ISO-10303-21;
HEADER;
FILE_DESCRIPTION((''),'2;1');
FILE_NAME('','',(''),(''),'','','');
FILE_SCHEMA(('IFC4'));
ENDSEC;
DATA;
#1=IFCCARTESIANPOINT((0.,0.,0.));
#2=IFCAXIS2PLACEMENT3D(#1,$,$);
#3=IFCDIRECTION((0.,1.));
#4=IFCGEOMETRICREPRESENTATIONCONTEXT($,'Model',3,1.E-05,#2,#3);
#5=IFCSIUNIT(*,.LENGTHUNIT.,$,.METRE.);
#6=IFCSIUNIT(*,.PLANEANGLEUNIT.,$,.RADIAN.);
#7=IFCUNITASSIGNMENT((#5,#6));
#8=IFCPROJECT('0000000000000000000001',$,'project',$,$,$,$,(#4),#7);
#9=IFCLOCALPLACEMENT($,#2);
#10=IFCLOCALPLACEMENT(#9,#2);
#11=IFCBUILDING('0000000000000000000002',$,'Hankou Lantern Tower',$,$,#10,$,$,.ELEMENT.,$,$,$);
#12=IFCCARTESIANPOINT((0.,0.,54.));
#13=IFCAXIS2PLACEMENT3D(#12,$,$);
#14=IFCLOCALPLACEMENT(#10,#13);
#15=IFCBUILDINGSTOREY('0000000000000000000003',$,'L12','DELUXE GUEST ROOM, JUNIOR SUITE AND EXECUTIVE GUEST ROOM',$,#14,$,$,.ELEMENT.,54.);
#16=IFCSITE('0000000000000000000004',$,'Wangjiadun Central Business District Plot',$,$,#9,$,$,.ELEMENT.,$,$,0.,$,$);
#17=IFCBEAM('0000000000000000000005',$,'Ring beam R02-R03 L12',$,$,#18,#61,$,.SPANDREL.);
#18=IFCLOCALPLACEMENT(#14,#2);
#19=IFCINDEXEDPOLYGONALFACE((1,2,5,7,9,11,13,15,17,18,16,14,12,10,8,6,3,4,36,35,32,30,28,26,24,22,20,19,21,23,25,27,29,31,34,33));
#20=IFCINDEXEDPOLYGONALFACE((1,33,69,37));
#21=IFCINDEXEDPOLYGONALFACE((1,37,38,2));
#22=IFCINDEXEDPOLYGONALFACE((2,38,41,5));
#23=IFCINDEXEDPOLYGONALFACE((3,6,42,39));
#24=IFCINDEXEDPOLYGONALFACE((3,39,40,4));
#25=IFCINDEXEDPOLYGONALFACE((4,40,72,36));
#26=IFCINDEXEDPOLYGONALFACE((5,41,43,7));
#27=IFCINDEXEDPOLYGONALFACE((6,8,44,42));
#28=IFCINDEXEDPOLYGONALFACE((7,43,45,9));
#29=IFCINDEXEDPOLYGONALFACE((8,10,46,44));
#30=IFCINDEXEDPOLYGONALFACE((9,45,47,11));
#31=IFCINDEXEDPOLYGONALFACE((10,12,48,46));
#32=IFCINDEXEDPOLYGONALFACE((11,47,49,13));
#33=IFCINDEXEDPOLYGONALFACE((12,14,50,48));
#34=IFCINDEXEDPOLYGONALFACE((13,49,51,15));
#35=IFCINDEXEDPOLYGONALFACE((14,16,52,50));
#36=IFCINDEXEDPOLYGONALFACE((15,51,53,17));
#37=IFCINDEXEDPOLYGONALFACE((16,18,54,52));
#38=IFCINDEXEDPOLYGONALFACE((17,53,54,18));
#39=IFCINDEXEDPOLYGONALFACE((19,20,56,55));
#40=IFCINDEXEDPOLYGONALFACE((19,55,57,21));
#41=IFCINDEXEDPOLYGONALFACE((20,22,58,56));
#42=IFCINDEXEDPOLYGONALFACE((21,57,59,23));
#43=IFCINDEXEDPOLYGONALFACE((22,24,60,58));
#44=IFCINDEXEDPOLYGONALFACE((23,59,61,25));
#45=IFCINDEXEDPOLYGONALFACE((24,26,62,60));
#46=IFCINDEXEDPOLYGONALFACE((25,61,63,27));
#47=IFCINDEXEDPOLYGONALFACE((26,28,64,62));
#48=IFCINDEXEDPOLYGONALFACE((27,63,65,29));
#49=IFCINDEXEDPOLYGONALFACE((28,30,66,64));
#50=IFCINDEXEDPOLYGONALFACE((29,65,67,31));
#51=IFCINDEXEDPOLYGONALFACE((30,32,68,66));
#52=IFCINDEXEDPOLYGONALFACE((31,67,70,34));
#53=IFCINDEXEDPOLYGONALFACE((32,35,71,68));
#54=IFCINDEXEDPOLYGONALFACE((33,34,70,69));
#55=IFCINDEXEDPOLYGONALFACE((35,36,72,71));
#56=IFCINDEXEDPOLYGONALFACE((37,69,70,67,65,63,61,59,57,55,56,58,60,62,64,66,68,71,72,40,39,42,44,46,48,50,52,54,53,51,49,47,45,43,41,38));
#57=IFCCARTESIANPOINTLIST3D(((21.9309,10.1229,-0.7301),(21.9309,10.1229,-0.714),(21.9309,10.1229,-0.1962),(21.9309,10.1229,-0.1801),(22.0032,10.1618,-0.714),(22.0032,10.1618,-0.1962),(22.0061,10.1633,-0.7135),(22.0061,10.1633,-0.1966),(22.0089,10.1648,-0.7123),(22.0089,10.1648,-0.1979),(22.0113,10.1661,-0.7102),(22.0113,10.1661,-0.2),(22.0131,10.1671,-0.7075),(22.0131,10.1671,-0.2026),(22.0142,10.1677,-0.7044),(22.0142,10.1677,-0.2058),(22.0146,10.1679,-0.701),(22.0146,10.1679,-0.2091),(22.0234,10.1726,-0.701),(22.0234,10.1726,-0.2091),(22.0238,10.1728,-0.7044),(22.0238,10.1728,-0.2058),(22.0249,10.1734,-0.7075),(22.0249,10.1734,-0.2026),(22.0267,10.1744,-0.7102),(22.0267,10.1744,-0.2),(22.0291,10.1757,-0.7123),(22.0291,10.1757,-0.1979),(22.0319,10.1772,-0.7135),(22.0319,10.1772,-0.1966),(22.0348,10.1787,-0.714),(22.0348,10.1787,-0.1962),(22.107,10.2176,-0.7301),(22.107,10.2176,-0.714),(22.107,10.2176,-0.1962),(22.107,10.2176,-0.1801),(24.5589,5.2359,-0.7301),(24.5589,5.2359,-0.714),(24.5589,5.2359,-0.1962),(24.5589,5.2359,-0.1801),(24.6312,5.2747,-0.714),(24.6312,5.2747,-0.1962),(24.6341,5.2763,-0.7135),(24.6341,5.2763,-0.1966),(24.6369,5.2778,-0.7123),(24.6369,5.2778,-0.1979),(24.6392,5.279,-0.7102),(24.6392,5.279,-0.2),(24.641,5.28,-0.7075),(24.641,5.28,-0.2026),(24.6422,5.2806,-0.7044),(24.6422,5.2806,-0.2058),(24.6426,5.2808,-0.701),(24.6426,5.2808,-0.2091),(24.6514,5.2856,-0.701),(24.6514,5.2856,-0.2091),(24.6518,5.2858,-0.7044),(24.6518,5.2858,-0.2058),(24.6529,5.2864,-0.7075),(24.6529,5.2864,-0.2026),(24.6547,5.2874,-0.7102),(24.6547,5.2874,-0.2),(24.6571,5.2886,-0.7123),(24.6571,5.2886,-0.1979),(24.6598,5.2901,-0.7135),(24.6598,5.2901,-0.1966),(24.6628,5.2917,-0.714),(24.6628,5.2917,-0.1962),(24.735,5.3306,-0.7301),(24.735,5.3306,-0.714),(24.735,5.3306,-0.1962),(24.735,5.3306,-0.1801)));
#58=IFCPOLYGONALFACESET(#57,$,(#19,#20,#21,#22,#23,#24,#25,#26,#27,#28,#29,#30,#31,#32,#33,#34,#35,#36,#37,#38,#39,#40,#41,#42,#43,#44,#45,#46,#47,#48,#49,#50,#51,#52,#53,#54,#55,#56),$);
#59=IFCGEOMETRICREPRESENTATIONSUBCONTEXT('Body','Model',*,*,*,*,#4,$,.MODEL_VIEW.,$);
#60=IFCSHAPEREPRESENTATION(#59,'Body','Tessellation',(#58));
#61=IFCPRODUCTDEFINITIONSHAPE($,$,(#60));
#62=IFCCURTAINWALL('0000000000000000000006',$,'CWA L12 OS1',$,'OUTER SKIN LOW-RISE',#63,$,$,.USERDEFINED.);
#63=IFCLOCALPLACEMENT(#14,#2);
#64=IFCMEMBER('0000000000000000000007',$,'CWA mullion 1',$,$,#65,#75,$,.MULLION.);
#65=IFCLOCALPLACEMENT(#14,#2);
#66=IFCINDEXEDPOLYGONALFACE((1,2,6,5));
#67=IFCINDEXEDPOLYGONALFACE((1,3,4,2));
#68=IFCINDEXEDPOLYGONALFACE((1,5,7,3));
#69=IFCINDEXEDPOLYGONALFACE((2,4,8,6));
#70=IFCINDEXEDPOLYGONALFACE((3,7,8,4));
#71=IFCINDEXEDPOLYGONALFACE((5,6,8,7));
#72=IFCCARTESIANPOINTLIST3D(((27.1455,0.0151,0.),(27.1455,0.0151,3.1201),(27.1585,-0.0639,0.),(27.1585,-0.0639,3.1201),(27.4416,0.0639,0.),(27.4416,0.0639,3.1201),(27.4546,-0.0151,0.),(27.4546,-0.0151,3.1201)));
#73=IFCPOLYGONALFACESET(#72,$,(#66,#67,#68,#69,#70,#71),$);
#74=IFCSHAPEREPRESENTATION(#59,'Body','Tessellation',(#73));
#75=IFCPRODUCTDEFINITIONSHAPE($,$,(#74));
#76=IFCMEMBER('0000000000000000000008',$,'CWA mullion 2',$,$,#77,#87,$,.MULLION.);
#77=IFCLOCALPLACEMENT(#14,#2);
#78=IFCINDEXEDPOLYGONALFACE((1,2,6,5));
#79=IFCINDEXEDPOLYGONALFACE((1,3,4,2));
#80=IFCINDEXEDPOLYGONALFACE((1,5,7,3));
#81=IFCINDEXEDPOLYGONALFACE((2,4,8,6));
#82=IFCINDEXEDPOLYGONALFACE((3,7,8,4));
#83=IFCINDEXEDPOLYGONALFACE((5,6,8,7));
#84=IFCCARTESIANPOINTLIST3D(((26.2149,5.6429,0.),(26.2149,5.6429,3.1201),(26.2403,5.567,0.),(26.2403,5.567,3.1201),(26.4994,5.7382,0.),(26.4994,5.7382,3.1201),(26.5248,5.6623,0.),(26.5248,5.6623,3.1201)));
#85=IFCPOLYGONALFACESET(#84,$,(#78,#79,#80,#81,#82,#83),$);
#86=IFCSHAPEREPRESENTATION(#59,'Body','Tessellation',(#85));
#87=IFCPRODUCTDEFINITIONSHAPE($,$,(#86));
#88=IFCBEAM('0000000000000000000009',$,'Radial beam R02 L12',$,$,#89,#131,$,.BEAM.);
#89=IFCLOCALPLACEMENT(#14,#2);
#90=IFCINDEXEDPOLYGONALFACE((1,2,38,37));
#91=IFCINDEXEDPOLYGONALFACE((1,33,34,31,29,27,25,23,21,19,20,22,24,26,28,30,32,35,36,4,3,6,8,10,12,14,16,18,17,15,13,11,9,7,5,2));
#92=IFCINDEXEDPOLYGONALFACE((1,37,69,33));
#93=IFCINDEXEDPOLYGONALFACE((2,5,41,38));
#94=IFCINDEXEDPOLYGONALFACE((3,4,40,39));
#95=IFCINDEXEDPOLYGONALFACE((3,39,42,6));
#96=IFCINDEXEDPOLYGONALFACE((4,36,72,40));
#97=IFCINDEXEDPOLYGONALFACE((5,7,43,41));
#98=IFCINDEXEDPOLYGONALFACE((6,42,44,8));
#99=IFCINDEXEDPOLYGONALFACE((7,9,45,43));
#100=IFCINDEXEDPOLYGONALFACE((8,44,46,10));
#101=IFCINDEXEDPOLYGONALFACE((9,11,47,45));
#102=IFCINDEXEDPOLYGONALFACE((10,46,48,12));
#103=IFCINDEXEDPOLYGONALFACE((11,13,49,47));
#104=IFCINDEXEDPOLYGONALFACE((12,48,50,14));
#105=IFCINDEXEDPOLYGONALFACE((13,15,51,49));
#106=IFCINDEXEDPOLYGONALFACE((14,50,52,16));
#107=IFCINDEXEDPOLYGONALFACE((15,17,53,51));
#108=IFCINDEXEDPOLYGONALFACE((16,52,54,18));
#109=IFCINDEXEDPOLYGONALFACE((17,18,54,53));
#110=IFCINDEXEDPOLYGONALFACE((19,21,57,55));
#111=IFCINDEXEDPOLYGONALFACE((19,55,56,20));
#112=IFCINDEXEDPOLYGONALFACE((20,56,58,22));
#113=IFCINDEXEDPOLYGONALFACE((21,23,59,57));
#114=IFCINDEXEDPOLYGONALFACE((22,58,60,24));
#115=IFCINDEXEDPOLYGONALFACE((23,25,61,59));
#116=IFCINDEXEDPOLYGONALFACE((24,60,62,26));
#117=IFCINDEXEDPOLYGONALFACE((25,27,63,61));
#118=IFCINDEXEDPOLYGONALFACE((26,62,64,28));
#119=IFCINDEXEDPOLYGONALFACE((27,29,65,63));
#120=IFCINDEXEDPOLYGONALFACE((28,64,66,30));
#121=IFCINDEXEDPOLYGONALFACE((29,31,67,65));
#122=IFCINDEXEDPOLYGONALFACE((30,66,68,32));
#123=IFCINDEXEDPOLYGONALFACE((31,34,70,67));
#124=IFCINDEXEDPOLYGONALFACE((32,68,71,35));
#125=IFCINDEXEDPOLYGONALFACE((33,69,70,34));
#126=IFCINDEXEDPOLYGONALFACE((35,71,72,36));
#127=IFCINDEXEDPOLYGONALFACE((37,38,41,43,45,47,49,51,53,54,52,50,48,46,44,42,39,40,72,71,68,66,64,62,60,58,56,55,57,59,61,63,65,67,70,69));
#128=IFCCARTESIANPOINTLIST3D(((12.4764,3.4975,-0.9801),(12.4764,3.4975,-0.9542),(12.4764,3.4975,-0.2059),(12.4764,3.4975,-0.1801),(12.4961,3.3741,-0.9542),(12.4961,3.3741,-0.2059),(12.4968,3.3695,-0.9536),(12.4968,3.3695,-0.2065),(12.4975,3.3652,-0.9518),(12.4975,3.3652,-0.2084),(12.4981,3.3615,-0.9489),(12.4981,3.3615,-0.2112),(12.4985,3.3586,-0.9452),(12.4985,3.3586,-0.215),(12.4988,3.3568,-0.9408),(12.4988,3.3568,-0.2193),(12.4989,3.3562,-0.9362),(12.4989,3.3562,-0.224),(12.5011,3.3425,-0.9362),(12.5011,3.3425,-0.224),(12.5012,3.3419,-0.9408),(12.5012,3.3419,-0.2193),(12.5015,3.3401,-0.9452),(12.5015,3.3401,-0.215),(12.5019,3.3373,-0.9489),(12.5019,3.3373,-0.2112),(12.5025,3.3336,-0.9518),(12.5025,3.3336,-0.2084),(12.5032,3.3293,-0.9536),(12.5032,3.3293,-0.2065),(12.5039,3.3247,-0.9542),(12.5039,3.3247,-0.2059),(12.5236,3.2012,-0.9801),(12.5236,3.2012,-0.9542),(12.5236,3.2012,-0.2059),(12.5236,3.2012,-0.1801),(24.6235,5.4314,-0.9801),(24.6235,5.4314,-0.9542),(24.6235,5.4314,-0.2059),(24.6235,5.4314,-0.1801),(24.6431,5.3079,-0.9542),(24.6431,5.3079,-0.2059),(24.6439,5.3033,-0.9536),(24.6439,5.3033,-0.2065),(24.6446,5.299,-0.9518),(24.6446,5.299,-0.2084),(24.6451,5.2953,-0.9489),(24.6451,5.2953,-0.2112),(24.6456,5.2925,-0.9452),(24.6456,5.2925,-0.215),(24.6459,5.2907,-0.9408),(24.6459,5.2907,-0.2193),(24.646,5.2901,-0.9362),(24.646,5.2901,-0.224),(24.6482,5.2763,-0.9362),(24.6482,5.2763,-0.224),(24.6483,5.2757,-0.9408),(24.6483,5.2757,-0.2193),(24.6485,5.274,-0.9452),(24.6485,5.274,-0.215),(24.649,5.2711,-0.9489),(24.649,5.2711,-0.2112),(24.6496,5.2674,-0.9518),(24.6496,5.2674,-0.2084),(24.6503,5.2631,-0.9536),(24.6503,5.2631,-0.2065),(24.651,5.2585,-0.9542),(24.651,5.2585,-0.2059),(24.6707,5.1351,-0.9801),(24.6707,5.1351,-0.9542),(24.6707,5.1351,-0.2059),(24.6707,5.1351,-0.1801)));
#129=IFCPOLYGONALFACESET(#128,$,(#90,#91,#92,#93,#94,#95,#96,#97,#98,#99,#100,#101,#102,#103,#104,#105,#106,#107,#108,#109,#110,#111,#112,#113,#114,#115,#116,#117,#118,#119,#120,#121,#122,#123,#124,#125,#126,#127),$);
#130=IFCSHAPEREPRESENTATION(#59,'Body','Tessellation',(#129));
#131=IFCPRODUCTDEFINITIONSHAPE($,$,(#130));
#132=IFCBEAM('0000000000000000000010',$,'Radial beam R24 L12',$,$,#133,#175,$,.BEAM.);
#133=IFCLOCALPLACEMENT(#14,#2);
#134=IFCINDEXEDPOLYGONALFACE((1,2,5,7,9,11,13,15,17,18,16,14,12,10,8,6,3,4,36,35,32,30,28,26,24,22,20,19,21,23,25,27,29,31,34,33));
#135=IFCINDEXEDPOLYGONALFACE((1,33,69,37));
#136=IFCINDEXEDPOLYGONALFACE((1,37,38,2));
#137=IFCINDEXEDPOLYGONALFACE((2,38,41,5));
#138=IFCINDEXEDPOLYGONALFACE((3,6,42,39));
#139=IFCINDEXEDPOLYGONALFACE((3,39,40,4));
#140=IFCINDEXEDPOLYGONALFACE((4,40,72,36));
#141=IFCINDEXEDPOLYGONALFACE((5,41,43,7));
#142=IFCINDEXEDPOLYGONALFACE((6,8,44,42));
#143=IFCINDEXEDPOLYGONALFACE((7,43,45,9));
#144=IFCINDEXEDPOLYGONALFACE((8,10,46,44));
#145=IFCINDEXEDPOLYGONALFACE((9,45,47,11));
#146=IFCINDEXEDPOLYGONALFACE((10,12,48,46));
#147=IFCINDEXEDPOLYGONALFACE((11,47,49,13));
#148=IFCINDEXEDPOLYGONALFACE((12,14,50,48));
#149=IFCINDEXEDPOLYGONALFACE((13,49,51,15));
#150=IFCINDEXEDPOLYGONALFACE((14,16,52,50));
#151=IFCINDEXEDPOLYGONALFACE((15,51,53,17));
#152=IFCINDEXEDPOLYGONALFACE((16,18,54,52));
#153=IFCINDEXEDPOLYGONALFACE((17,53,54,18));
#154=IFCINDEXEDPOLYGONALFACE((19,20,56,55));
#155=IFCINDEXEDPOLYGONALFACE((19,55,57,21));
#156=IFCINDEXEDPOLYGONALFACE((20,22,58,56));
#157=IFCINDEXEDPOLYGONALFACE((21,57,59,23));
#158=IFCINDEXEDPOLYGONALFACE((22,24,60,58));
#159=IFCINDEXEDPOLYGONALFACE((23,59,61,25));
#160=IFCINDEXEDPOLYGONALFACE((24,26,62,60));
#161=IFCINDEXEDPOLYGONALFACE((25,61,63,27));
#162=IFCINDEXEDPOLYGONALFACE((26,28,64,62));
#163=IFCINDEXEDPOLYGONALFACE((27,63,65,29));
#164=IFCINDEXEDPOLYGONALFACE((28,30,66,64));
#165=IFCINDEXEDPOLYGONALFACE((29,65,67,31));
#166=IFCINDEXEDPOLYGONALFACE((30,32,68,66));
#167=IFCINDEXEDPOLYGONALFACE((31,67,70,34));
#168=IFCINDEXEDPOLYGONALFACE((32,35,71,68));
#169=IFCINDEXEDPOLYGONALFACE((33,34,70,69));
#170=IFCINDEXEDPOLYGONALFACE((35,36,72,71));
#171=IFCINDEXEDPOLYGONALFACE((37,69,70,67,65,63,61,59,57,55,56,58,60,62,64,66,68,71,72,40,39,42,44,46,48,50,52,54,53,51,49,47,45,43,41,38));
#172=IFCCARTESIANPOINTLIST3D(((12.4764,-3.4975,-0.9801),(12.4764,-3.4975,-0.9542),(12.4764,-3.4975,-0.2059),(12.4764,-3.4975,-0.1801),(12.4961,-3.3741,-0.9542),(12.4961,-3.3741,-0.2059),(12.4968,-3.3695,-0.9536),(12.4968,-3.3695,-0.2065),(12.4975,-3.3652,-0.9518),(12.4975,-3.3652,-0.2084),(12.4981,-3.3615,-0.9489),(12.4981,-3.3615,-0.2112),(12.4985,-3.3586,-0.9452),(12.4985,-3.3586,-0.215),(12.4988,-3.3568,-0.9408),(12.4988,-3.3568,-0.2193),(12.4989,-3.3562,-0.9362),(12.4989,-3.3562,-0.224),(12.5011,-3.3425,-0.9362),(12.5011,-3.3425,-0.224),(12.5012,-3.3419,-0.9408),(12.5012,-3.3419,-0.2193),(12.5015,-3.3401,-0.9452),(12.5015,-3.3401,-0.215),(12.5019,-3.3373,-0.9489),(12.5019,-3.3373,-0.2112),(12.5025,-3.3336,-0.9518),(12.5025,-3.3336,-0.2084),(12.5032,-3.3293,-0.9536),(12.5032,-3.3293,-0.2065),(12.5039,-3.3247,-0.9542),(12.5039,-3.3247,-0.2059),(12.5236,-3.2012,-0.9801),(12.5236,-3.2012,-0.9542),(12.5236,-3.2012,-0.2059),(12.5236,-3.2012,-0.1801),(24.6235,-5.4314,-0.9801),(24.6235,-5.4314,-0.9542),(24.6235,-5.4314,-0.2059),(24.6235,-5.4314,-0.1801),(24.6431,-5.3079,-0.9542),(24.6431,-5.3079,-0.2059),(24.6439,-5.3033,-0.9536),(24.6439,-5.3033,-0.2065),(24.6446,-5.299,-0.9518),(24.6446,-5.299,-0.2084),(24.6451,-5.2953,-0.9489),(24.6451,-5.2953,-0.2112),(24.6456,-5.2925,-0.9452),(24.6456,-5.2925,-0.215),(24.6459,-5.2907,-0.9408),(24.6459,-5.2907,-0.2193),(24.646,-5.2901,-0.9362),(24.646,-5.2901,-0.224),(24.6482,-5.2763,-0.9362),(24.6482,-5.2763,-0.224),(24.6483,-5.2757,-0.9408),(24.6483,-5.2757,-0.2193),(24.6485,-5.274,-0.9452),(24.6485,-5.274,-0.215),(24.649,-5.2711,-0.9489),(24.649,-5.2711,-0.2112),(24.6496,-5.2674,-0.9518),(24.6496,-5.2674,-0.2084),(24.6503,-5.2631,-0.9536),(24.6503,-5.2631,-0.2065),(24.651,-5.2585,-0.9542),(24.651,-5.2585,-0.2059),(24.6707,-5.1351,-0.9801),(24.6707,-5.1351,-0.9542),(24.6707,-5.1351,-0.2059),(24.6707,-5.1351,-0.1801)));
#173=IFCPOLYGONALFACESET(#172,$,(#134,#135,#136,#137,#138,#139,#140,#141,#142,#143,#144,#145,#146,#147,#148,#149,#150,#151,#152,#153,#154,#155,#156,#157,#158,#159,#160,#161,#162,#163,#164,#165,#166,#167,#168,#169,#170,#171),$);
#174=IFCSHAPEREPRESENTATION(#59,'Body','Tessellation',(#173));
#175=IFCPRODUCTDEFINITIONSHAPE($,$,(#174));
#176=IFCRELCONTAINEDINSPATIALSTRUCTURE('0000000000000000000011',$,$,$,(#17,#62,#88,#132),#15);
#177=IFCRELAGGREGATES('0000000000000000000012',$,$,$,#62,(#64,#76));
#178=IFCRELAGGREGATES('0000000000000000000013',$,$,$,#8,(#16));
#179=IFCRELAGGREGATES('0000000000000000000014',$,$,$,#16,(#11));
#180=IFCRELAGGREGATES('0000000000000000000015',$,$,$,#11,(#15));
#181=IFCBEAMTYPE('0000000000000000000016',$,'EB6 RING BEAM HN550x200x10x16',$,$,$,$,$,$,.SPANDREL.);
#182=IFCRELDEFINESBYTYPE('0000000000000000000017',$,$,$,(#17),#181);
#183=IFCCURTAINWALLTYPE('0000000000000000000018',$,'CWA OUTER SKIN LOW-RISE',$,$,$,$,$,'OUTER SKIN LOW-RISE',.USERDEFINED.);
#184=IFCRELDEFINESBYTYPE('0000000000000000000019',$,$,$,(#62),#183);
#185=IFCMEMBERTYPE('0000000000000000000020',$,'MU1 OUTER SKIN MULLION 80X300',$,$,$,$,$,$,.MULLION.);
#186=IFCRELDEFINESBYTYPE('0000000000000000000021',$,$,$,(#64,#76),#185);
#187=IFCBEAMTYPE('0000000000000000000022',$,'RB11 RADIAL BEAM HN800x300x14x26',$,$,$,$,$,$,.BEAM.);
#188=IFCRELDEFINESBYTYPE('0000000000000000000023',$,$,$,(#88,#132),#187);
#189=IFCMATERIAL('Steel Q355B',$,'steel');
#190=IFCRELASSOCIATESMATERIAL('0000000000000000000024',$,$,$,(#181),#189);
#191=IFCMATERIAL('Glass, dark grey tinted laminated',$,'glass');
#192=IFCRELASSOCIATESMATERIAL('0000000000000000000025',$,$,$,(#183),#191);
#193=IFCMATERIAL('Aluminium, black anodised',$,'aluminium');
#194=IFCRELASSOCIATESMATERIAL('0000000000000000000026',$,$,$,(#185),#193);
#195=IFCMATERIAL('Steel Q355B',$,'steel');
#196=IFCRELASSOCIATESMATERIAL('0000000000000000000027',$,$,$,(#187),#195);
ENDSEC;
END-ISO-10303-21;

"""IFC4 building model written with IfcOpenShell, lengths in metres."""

from ifc_helpers import new_model, si_unit, direction, frame, origin, origin_2d, place, context, subcontext, project, spatial, rectangle, i_section, extrude, material, material_profile, profile_set, type_object, element, aggregate, save


model = new_model("IFC4")

# Units and contexts
model_context = context("Model", 3, precision=1e-05, world=origin(), true_north=direction((0.0, 1.0)))
body_context = subcontext(model_context, "Body", "Model", "MODEL_VIEW")
ifc_project = project(units=[si_unit("LENGTHUNIT", "METRE"), si_unit("PLANEANGLEUNIT", "RADIAN")], contexts=[model_context])

# Site, building, storey
site_placement = place(None, origin())
site = spatial("IfcSite", under=ifc_project, at=site_placement, Name="Wangjiadun Central Business District Plot", CompositionType="ELEMENT", RefElevation=0.0)
building_placement = place(site_placement, origin())
building = spatial("IfcBuilding", under=site, at=building_placement, Name="Hankou Lantern Tower", CompositionType="ELEMENT")
storey_placement = place(building_placement, frame((0.0, 0.0, 54.0)))
storey = spatial("IfcBuildingStorey", under=building, at=storey_placement, Name="L12", Description="DELUXE GUEST ROOM, JUNIOR SUITE AND EXECUTIVE GUEST ROOM", CompositionType="ELEMENT", Elevation=54.0)

# Beam
ifc_material_1 = material(Name="Steel Q355B", Category="steel")
ifc_material_profile_1 = material_profile(ifc_material_1, i_section(OverallWidth=0.2, OverallDepth=0.55, WebThickness=0.01, FlangeThickness=0.0161, FilletRadius=0.0129, at=origin_2d()), Name="HN550x200x10x16")
ifc_profile_set_1 = profile_set([ifc_material_profile_1], Name="Steel Q355B")
beam_type_1 = type_object("IfcBeamType", Name="EB6 RING BEAM HN550x200x10x16", PredefinedType="SPANDREL", material=ifc_profile_set_1)
beam_1_placement = place(storey_placement, frame((24.647, 5.2832, -0.4551), z_axis=(-0.473609, 0.880735, 0.0), x_axis=(-0.880735, -0.473609, 0.0)))
element("IfcBeam", 1, at=beam_1_placement, inside=storey, type_object=beam_type_1, Name="Ring beam R02-R03 L12", PredefinedType="SPANDREL", context=body_context, shape_type="SweptSolid", body=[
    extrude(i_section(OverallWidth=0.2, OverallDepth=0.55, WebThickness=0.01, FlangeThickness=0.0161, FilletRadius=0.0129, at=origin_2d()), origin(), (0.0, 0.0, 1.0), 5.5488),
])

# Curtain wall, members
ifc_material_2 = material(Name="Glass, dark grey tinted laminated", Category="glass")
curtain_wall_type = type_object("IfcCurtainWallType", Name="CWA OUTER SKIN LOW-RISE", ElementType="OUTER SKIN LOW-RISE", PredefinedType="USERDEFINED", material=ifc_material_2)
curtain_wall_1_placement = place(storey_placement, origin())
curtain_wall_1 = element("IfcCurtainWall", 2, at=curtain_wall_1_placement, inside=storey, type_object=curtain_wall_type, Name="CWA L12 OS1", ObjectType="OUTER SKIN LOW-RISE", PredefinedType="USERDEFINED")
ifc_material_3 = material(Name="Aluminium, black anodised", Category="aluminium")
ifc_material_profile_2 = material_profile(ifc_material_3, rectangle(XDim=0.0801, YDim=0.3, at=origin_2d()), Name="MU1 80X300")
ifc_profile_set_2 = profile_set([ifc_material_profile_2], Name="Aluminium, black anodised")
member_type_1 = type_object("IfcMemberType", Name="MU1 OUTER SKIN MULLION 80X300", PredefinedType="MULLION", material=ifc_profile_set_2)
member_1_placement = place(storey_placement, frame((27.3, 0.0, 0.0), z_axis=(0.0, 0.0, 1.0), x_axis=(-0.162382, 0.986728, 0.0)))
member_1 = element("IfcMember", 3, at=member_1_placement, type_object=member_type_1, Name="CWA mullion 1", PredefinedType="MULLION", context=body_context, shape_type="SweptSolid", body=[
    extrude(rectangle(XDim=0.0801, YDim=0.3, at=origin_2d()), origin(), (0.0, 0.0, 1.0), 3.1201),
])
member_2_placement = place(storey_placement, frame((26.3699, 5.6526, 0.0), z_axis=(0.0, 0.0, 1.0), x_axis=(-0.317596, 0.948226, 0.0)))
member_2 = element("IfcMember", 4, at=member_2_placement, type_object=member_type_1, Name="CWA mullion 2", PredefinedType="MULLION", context=body_context, shape_type="SweptSolid", body=[
    extrude(rectangle(XDim=0.0801, YDim=0.3, at=origin_2d()), origin(), (0.0, 0.0, 1.0), 3.1201),
])

# Beams
ifc_material_4 = material(Name="Steel Q355B", Category="steel")
ifc_material_profile_3 = material_profile(ifc_material_4, i_section(OverallWidth=0.3, OverallDepth=0.8, WebThickness=0.0139, FlangeThickness=0.0259, FilletRadius=0.0181, at=origin_2d()), Name="HN800x300x14x26")
ifc_profile_set_3 = profile_set([ifc_material_profile_3], Name="Steel Q355B")
beam_type_2 = type_object("IfcBeamType", Name="RB11 RADIAL BEAM HN800x300x14x26", PredefinedType="BEAM", material=ifc_profile_set_3)
for number, where, z_axis, x_axis, name in (
    (5, (12.5, 3.3494, -0.5801), (0.987563, 0.157223, 0.0), (-0.157223, 0.987563, 0.0), "Radial beam R02 L12"),
    (6, (12.5, -3.3494, -0.5801), (0.987563, -0.157223, 0.0), (0.157223, 0.987563, 0.0), "Radial beam R24 L12"),
):
    element("IfcBeam", number, at=place(storey_placement, frame(where, z_axis=z_axis, x_axis=x_axis)), inside=storey, type_object=beam_type_2, Name=name, PredefinedType="BEAM", context=body_context, shape_type="SweptSolid", body=[
        extrude(i_section(OverallWidth=0.3, OverallDepth=0.8, WebThickness=0.0139, FlangeThickness=0.0259, FilletRadius=0.0181, at=origin_2d()), origin(), (0.0, 0.0, 1.0), 12.3),
    ])

aggregate(curtain_wall_1, [member_1, member_2])

save(model, "model.ifc")
